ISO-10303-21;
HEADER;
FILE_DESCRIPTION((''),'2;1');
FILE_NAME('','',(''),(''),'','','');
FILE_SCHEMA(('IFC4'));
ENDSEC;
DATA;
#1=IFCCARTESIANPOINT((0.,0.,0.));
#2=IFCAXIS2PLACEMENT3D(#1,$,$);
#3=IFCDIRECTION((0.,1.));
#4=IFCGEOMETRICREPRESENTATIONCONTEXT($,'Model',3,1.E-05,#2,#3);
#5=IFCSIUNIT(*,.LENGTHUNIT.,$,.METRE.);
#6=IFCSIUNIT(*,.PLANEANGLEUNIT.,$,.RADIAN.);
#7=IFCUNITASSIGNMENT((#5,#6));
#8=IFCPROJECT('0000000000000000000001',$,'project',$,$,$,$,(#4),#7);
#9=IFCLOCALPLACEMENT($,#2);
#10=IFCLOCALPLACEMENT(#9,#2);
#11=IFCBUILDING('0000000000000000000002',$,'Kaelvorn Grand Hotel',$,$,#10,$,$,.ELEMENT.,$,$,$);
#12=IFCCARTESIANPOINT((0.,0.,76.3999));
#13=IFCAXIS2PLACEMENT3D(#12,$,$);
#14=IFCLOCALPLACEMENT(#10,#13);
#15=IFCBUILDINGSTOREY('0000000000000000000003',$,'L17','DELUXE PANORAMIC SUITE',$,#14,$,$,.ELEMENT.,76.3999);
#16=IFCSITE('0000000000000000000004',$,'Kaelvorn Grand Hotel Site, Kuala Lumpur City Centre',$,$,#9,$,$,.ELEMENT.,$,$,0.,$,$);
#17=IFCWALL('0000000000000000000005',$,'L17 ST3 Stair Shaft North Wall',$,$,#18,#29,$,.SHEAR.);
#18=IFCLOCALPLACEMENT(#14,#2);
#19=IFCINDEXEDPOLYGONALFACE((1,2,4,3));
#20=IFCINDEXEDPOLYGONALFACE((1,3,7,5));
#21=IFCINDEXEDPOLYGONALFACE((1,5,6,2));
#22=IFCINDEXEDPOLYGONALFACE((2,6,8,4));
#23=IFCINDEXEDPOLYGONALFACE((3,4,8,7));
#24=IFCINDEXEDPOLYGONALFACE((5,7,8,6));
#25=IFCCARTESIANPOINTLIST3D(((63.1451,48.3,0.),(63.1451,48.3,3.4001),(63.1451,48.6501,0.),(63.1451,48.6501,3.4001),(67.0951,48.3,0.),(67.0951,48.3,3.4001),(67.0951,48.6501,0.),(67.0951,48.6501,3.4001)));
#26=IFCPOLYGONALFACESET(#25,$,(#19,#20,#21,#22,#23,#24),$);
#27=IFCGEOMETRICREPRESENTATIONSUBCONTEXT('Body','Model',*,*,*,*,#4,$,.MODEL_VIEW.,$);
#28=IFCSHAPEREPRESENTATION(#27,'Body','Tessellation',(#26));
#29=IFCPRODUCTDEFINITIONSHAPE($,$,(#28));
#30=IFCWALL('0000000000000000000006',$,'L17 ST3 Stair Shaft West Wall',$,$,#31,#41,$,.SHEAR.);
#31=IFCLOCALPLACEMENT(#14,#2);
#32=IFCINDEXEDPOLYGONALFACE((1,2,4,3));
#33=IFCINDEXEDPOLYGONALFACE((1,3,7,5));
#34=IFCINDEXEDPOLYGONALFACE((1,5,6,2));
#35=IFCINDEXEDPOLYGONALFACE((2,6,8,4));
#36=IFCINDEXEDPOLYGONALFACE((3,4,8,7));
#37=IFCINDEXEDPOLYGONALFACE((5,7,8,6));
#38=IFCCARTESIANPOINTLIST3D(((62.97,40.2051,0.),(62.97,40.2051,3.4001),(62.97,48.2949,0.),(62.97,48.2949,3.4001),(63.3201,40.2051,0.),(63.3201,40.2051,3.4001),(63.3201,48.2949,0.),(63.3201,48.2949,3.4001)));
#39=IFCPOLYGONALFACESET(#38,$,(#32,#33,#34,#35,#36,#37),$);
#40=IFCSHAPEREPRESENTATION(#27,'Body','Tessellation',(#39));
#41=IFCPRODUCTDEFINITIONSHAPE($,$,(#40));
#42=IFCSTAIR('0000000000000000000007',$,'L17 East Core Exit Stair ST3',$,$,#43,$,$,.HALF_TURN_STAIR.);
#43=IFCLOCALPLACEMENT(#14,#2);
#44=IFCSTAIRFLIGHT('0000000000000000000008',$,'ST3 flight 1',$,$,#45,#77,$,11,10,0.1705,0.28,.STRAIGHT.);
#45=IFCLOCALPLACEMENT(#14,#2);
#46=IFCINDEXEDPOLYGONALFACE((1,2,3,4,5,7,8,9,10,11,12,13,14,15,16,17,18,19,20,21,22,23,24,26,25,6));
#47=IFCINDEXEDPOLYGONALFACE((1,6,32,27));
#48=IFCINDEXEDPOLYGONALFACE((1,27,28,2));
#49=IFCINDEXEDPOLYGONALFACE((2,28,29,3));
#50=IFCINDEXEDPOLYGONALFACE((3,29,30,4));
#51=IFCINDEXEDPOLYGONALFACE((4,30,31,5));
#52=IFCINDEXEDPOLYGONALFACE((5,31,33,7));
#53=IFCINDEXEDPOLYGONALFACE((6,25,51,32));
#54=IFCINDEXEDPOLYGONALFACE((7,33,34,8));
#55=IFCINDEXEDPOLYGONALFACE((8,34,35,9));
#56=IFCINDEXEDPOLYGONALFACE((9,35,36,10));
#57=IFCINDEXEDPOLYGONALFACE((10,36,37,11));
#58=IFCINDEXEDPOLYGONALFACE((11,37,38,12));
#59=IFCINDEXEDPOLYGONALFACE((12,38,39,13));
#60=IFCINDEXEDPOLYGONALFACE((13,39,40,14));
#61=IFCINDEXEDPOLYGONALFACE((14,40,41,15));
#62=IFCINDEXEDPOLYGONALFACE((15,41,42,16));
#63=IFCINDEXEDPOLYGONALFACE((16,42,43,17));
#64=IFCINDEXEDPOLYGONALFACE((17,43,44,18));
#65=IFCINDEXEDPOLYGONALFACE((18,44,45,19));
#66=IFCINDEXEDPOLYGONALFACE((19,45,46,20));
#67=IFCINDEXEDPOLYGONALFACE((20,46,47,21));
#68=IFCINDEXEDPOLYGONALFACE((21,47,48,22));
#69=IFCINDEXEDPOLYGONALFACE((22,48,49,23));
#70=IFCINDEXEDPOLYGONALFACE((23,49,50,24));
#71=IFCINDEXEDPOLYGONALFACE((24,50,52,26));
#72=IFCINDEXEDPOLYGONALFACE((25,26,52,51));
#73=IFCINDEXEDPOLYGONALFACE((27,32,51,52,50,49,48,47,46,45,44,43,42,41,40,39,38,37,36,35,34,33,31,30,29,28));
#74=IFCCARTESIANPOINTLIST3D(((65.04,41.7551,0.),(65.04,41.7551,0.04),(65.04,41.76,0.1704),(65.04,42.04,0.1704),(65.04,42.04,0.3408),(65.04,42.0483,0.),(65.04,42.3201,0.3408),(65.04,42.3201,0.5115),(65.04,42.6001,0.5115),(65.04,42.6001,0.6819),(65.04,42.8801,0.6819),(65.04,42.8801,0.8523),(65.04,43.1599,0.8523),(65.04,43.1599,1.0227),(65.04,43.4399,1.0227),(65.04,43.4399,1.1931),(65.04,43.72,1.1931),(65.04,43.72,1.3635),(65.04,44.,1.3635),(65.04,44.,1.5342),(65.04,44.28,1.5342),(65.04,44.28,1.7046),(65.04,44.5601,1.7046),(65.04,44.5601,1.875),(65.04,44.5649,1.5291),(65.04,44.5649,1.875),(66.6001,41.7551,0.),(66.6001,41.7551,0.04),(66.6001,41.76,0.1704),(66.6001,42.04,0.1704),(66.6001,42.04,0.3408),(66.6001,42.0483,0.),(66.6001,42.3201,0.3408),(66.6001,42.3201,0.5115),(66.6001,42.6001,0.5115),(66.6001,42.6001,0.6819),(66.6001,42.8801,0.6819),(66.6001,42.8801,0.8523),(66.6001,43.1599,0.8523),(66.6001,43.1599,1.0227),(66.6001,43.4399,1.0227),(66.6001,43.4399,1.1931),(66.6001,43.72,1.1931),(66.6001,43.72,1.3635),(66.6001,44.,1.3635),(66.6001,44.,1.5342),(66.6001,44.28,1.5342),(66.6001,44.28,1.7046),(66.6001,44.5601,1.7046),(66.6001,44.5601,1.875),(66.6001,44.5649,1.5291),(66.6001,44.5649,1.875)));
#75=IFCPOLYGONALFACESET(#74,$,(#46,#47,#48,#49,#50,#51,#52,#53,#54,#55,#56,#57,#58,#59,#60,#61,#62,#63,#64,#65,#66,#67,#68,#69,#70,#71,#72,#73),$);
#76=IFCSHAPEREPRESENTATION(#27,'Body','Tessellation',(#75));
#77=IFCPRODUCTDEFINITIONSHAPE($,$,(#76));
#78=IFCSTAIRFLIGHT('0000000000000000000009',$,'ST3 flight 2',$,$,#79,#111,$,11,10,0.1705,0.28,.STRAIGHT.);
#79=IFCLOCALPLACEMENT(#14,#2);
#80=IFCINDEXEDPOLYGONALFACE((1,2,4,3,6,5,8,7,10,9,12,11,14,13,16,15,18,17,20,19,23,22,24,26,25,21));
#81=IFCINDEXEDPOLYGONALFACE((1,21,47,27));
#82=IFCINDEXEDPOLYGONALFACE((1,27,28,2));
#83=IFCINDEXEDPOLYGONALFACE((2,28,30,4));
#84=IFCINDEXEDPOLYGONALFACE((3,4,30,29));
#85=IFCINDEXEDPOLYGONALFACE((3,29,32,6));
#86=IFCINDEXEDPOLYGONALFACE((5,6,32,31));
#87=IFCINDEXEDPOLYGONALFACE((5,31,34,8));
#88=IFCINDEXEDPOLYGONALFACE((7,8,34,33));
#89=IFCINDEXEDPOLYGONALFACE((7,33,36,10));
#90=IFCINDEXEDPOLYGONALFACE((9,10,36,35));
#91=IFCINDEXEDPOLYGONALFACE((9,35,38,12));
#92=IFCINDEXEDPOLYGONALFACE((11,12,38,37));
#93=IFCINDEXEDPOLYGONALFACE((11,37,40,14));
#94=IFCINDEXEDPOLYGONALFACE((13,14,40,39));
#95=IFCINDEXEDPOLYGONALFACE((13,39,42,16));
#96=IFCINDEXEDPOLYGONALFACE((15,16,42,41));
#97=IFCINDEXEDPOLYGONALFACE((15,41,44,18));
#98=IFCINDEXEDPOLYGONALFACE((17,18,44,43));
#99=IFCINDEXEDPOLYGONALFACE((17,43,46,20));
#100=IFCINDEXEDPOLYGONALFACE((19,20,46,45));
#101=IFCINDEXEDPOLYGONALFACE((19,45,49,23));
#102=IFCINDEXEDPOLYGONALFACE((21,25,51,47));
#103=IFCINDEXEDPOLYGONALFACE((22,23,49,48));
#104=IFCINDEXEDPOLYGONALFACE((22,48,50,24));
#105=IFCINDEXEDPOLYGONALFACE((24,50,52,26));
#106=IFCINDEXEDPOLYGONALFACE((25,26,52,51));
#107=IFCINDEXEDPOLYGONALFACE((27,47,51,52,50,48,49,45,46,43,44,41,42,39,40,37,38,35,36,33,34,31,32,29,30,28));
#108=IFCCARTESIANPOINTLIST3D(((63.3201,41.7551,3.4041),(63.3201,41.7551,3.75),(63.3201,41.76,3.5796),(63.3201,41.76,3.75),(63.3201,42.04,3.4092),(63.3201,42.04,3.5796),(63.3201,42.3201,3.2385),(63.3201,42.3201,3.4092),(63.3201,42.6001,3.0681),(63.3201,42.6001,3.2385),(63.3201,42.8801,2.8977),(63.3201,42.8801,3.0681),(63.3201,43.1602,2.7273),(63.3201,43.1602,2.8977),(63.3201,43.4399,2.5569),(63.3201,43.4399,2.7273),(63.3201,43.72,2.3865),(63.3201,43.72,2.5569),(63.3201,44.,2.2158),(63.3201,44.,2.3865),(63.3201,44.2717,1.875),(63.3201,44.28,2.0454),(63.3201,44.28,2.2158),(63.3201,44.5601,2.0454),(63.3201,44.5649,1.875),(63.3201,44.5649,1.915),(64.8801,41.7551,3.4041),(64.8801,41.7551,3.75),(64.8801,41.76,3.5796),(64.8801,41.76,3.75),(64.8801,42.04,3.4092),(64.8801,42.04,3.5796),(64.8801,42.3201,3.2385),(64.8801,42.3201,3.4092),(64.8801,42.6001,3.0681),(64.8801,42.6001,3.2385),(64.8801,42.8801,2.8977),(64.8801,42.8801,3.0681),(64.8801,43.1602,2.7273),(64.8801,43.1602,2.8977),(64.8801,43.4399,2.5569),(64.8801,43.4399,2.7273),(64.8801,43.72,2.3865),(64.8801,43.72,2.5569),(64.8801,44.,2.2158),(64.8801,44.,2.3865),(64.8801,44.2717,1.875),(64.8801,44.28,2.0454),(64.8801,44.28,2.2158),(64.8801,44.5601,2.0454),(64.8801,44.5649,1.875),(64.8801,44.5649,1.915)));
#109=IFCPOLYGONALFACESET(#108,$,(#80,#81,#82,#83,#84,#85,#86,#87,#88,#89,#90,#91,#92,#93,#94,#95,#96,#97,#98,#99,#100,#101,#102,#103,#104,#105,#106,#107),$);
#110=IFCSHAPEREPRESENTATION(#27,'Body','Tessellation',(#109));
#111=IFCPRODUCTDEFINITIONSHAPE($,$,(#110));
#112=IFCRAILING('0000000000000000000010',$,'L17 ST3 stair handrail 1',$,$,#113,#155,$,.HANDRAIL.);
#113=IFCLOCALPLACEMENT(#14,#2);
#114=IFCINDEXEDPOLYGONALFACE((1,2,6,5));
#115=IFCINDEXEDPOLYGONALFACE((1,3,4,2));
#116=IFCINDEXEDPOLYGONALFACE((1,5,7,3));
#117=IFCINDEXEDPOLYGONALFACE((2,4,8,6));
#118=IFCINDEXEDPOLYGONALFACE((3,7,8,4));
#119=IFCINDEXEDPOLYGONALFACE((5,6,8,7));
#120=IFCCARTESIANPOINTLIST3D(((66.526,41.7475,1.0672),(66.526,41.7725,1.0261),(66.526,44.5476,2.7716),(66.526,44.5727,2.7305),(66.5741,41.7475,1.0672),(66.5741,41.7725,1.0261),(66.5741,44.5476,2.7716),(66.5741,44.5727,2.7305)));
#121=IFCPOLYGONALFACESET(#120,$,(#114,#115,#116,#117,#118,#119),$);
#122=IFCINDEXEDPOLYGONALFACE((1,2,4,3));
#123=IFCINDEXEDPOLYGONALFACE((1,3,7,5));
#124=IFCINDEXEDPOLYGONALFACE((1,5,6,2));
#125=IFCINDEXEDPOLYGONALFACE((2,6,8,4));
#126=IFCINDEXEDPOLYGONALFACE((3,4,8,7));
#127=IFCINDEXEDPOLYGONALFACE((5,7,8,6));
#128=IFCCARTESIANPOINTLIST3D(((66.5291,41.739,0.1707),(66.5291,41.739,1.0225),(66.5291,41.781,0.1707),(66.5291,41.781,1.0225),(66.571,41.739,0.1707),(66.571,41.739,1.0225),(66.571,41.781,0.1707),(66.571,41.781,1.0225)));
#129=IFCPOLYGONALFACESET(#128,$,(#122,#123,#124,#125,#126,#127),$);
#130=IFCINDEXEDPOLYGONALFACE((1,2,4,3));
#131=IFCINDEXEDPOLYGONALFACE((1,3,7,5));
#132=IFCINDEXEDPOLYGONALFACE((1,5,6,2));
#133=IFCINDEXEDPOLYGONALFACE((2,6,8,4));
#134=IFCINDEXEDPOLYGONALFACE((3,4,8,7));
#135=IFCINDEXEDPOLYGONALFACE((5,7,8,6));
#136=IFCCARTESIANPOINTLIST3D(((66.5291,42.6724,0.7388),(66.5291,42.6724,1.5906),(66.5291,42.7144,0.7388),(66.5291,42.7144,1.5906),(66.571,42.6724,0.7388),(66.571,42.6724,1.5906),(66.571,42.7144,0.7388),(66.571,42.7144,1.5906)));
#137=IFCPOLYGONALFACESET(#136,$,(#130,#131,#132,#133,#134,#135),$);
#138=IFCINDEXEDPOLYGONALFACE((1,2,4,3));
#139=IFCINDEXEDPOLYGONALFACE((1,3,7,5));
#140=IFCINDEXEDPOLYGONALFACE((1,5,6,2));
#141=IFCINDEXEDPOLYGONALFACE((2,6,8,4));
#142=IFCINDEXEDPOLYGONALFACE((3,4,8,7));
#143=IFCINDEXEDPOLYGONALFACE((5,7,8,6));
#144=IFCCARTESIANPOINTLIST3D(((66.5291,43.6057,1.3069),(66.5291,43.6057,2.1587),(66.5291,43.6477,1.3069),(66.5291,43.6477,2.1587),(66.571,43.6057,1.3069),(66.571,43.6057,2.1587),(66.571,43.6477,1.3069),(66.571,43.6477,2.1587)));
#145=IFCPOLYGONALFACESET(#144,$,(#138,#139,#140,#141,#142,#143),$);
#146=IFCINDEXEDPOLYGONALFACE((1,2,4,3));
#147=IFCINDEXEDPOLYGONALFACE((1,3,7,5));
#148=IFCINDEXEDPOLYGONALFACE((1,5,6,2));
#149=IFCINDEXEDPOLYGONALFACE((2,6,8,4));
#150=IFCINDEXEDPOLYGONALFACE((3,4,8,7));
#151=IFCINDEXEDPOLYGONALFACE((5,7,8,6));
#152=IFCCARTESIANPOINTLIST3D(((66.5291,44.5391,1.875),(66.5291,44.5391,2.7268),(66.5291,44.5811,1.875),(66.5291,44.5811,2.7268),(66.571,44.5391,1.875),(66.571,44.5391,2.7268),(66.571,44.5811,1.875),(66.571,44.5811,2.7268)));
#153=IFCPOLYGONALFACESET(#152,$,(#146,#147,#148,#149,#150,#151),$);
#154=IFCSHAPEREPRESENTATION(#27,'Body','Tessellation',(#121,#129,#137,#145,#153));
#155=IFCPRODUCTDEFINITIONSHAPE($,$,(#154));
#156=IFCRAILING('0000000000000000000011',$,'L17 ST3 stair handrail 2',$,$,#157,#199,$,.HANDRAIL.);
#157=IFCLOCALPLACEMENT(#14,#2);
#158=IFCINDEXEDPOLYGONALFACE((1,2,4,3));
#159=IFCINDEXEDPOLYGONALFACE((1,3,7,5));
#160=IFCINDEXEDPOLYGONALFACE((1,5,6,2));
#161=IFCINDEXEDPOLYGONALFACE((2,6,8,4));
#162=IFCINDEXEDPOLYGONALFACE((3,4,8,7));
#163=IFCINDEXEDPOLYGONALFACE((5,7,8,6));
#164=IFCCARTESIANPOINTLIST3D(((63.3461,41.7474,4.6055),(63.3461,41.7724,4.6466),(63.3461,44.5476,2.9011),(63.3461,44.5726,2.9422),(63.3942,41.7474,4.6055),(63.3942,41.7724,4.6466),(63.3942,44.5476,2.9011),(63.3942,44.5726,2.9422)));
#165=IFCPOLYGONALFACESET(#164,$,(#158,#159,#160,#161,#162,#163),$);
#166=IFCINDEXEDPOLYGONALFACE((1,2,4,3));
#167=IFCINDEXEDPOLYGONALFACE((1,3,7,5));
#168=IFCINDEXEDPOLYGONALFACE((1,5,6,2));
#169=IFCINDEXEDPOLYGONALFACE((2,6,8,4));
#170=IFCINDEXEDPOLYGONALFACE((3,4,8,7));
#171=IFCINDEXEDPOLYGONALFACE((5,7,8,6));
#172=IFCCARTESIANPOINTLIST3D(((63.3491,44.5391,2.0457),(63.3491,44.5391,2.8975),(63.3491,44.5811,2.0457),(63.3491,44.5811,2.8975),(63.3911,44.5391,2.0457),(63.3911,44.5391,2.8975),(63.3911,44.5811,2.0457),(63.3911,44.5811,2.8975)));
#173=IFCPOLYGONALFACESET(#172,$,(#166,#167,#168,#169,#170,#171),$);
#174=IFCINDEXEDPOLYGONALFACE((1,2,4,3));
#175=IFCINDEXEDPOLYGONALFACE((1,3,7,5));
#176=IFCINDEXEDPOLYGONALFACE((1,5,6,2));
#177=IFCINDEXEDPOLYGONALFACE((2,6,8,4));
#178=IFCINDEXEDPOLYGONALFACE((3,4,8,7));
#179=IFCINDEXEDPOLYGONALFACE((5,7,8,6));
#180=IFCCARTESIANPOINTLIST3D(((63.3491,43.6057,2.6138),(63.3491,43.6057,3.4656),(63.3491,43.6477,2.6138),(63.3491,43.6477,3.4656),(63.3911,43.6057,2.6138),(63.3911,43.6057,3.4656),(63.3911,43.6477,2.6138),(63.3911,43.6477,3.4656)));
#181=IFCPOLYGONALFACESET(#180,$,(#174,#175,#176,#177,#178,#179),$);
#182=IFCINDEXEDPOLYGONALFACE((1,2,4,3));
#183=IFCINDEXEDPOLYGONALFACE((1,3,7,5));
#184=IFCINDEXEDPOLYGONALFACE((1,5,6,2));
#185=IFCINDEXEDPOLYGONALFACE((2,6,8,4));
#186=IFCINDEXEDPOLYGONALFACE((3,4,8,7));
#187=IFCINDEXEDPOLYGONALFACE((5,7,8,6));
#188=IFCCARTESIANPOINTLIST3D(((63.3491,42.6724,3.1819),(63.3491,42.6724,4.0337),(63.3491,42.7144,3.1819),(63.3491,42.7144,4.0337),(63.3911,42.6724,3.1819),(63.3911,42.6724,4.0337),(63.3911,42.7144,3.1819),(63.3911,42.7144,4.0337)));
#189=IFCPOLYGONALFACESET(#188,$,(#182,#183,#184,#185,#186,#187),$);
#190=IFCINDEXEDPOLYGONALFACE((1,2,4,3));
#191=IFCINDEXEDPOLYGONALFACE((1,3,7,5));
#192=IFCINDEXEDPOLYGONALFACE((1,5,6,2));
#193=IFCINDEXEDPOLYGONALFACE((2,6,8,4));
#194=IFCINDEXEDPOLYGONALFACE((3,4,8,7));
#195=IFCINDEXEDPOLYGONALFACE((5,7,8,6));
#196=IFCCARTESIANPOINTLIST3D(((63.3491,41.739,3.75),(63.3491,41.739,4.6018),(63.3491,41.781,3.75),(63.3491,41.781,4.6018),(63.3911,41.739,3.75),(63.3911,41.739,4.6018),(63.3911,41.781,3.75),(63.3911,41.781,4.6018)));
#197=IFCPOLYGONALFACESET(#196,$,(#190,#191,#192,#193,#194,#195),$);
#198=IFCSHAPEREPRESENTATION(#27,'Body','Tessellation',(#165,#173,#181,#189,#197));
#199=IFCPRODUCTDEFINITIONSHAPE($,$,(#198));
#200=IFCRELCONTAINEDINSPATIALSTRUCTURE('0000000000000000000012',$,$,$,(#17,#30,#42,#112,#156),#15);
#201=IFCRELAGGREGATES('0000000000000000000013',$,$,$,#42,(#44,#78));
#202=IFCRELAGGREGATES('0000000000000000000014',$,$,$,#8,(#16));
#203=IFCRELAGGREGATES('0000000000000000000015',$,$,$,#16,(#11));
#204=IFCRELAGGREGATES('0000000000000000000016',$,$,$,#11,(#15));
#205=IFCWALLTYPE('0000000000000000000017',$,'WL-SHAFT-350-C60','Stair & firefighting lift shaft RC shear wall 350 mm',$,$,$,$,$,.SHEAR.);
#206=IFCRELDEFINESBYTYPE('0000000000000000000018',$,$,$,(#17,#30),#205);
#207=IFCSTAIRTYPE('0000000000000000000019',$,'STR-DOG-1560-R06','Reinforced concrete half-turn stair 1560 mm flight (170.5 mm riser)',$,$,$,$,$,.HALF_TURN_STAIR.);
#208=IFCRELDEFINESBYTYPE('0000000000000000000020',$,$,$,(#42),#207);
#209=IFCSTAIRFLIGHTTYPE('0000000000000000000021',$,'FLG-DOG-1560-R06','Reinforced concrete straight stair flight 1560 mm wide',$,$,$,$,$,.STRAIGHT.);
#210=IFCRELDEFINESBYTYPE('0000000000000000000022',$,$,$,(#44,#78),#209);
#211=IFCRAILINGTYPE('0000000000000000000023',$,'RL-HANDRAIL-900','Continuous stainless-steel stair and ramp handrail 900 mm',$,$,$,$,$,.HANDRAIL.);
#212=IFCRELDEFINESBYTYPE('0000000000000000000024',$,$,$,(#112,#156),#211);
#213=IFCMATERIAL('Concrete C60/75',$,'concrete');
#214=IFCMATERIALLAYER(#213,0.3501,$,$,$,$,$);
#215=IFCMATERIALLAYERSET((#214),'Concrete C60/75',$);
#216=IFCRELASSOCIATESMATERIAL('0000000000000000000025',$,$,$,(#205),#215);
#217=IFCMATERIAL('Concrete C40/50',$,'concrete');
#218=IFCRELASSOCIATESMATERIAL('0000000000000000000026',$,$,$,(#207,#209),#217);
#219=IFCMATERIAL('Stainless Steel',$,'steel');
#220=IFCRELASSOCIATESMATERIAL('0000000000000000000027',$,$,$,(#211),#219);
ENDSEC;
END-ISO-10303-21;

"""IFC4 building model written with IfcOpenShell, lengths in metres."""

from ifc_helpers import new_model, si_unit, direction, frame, frame_2d, origin, origin_2d, place, context, subcontext, project, spatial, polyline, rectangle, outline, extrude, material, layer, layer_set, type_object, element, aggregate, save


model = new_model("IFC4")

# Units and contexts
model_context = context("Model", 3, precision=1e-05, world=origin(), true_north=direction((0.0, 1.0)))
body_context = subcontext(model_context, "Body", "Model", "MODEL_VIEW")
ifc_project = project(units=[si_unit("LENGTHUNIT", "METRE"), si_unit("PLANEANGLEUNIT", "RADIAN")], contexts=[model_context])

# Site, building, storey
site_placement = place(None, origin())
site = spatial("IfcSite", under=ifc_project, at=site_placement, Name="Kaelvorn Grand Hotel Site, Kuala Lumpur City Centre", CompositionType="ELEMENT", RefElevation=0.0)
building_placement = place(site_placement, origin())
building = spatial("IfcBuilding", under=site, at=building_placement, Name="Kaelvorn Grand Hotel", CompositionType="ELEMENT")
storey_placement = place(building_placement, frame((0.0, 0.0, 76.3999)))
storey = spatial("IfcBuildingStorey", under=building, at=storey_placement, Name="L17", Description="DELUXE PANORAMIC SUITE", CompositionType="ELEMENT", Elevation=76.3999)

# Shared definitions
ifc_material_1 = material(Name="Concrete C60/75", Category="concrete")

# Shared definitions
ifc_material_2 = material(Name="Concrete C40/50", Category="concrete")

# Shared definitions
ifc_material_3 = material(Name="Stainless Steel", Category="steel")

# Shared definitions
ifc_layer_1 = layer(ifc_material_1, 0.3501)
ifc_layer_set_1 = layer_set([ifc_layer_1], Name="Concrete C60/75")
wall_type_1 = type_object("IfcWallType", Name="WL-SHAFT-350-C60", Description="Stair & firefighting lift shaft RC shear wall 350 mm", PredefinedType="SHEAR", material=ifc_layer_set_1)

# Walls
wall_1_placement = place(storey_placement, frame((63.145, 48.4751, 0.0), z_axis=(0.0, 0.0, 1.0), x_axis=(1.0, 0.0, 0.0)))
element("IfcWall", 1, at=wall_1_placement, inside=storey, type_object=wall_type_1, Name="L17 ST3 Stair Shaft North Wall", PredefinedType="SHEAR", context=body_context, shape_type="SweptSolid", body=[
    extrude(rectangle(XDim=3.95, YDim=0.3501, at=frame_2d((1.9751, 0.0))), origin(), (0.0, 0.0, 1.0), 3.4001),
])
wall_2_placement = place(storey_placement, frame((63.145, 40.2051, 0.0), z_axis=(0.0, 0.0, 1.0), x_axis=(0.0, 1.0, 0.0)))
element("IfcWall", 2, at=wall_2_placement, inside=storey, type_object=wall_type_1, Name="L17 ST3 Stair Shaft West Wall", PredefinedType="SHEAR", context=body_context, shape_type="SweptSolid", body=[
    extrude(rectangle(XDim=8.0898, YDim=0.3501, at=frame_2d((4.0449, 0.0))), origin(), (0.0, 0.0, 1.0), 3.4001),
])

# Stair, stair flights
stair_type = type_object("IfcStairType", Name="STR-DOG-1560-R06", Description="Reinforced concrete half-turn stair 1560 mm flight (170.5 mm riser)", PredefinedType="HALF_TURN_STAIR", material=ifc_material_2)
stair_placement = place(storey_placement, origin())
stair = element("IfcStair", 3, at=stair_placement, inside=storey, type_object=stair_type, Name="L17 East Core Exit Stair ST3", PredefinedType="HALF_TURN_STAIR")
stair_flight_type = type_object("IfcStairFlightType", Name="FLG-DOG-1560-R06", Description="Reinforced concrete straight stair flight 1560 mm wide", PredefinedType="STRAIGHT", material=ifc_material_2)
stair_flight_1_placement = place(storey_placement, frame((65.8201, 41.76, 0.0), z_axis=(0.0, 0.0, 1.0), x_axis=(0.0, 1.0, 0.0)))
stair_flight_1 = element("IfcStairFlight", 4, at=stair_flight_1_placement, type_object=stair_flight_type, Name="ST3 flight 1", NumberOfRisers=11, NumberOfTreads=10, PredefinedType="STRAIGHT", RiserHeight=0.1705, TreadLength=0.28, context=body_context, shape_type="SweptSolid", body=[
    extrude(outline(polyline([(-0.0049, 0.0), (-0.0049, 0.04), (0.0, 0.1704), (0.28, 0.1704), (0.28, 0.3408), (0.5601, 0.3408), (0.5601, 0.5115), (0.8401, 0.5115), (0.8401, 0.6819), (1.1201, 0.6819), (1.1201, 0.8523), (1.3999, 0.8523), (1.3999, 1.0227), (1.6799, 1.0227), (1.6799, 1.1931), (1.96, 1.1931), (1.96, 1.3635), (2.24, 1.3635), (2.24, 1.5342), (2.52, 1.5342), (2.52, 1.7046), (2.8, 1.7046), (2.8, 1.875), (2.8049, 1.875), (2.8049, 1.5291), (0.2883, 0.0), (-0.0049, 0.0)])), frame((0.0, 0.78, 0.0), z_axis=(0.0, -1.0, 0.0), x_axis=(1.0, 0.0, 0.0)), (0.0, 0.0, 1.0), 1.5601),
])
stair_flight_2_placement = place(storey_placement, frame((64.1001, 44.5601, 1.875), z_axis=(0.0, 0.0, 1.0), x_axis=(0.0, -1.0, 0.0)))
stair_flight_2 = element("IfcStairFlight", 5, at=stair_flight_2_placement, type_object=stair_flight_type, Name="ST3 flight 2", NumberOfRisers=11, NumberOfTreads=10, PredefinedType="STRAIGHT", RiserHeight=0.1705, TreadLength=0.28, context=body_context, shape_type="SweptSolid", body=[
    extrude(outline(polyline([(-0.0049, 0.0), (-0.0049, 0.04), (0.0, 0.1704), (0.28, 0.1704), (0.28, 0.3408), (0.5601, 0.3408), (0.5601, 0.5115), (0.8401, 0.5115), (0.8401, 0.6819), (1.1201, 0.6819), (1.1201, 0.8523), (1.3999, 0.8523), (1.3999, 1.0227), (1.6799, 1.0227), (1.6799, 1.1931), (1.96, 1.1931), (1.96, 1.3635), (2.24, 1.3635), (2.24, 1.5342), (2.52, 1.5342), (2.52, 1.7046), (2.8, 1.7046), (2.8, 1.875), (2.8049, 1.875), (2.8049, 1.5291), (0.2883, 0.0), (-0.0049, 0.0)])), frame((0.0, 0.78, 0.0), z_axis=(0.0, -1.0, 0.0), x_axis=(1.0, 0.0, 0.0)), (0.0, 0.0, 1.0), 1.5601),
])
aggregate(stair, [stair_flight_1, stair_flight_2])

# Railings
railing_type_1 = type_object("IfcRailingType", Name="RL-HANDRAIL-900", Description="Continuous stainless-steel stair and ramp handrail 900 mm", PredefinedType="HANDRAIL", material=ifc_material_3)
railing_1_placement = place(storey_placement, frame((66.55, 41.76, 0.1707)))
element("IfcRailing", 6, at=railing_1_placement, inside=storey, type_object=railing_type_1, Name="L17 ST3 stair handrail 1", PredefinedType="HANDRAIL", context=body_context, shape_type="SweptSolid", body=[
    extrude(rectangle(XDim=0.0481, YDim=0.0481, at=origin_2d()), frame((0.0, 0.0, 0.876), z_axis=(0.0, 0.854203, 0.51994), x_axis=(-1.0, 0.0, 0.0)), (0.0, 0.0, 1.0), 3.2781),
    extrude(rectangle(XDim=0.042, YDim=0.042, at=origin_2d()), origin(), (0.0, 0.0, 1.0), 0.8518),
    extrude(rectangle(XDim=0.042, YDim=0.042, at=origin_2d()), frame((0.0, 0.9333, 0.5681)), (0.0, 0.0, 1.0), 0.8518),
    extrude(rectangle(XDim=0.042, YDim=0.042, at=origin_2d()), frame((0.0, 1.8667, 1.1362)), (0.0, 0.0, 1.0), 0.8518),
    extrude(rectangle(XDim=0.042, YDim=0.042, at=origin_2d()), frame((0.0, 2.8, 1.7043)), (0.0, 0.0, 1.0), 0.8518),
])
railing_2_placement = place(storey_placement, frame((63.3701, 44.5601, 2.0457)))
element("IfcRailing", 7, at=railing_2_placement, inside=storey, type_object=railing_type_1, Name="L17 ST3 stair handrail 2", PredefinedType="HANDRAIL", context=body_context, shape_type="SweptSolid", body=[
    extrude(rectangle(XDim=0.0481, YDim=0.0481, at=origin_2d()), frame((0.0, 0.0, 0.876), z_axis=(0.0, -0.854203, 0.51994), x_axis=(1.0, 0.0, 0.0)), (0.0, 0.0, 1.0), 3.2781),
    extrude(rectangle(XDim=0.042, YDim=0.042, at=origin_2d()), origin(), (0.0, 0.0, 1.0), 0.8518),
    extrude(rectangle(XDim=0.042, YDim=0.042, at=origin_2d()), frame((0.0, -0.9333, 0.5681)), (0.0, 0.0, 1.0), 0.8518),
    extrude(rectangle(XDim=0.042, YDim=0.042, at=origin_2d()), frame((0.0, -1.8667, 1.1362)), (0.0, 0.0, 1.0), 0.8518),
    extrude(rectangle(XDim=0.042, YDim=0.042, at=origin_2d()), frame((0.0, -2.8, 1.7043)), (0.0, 0.0, 1.0), 0.8518),
])

save(model, "model.ifc")
